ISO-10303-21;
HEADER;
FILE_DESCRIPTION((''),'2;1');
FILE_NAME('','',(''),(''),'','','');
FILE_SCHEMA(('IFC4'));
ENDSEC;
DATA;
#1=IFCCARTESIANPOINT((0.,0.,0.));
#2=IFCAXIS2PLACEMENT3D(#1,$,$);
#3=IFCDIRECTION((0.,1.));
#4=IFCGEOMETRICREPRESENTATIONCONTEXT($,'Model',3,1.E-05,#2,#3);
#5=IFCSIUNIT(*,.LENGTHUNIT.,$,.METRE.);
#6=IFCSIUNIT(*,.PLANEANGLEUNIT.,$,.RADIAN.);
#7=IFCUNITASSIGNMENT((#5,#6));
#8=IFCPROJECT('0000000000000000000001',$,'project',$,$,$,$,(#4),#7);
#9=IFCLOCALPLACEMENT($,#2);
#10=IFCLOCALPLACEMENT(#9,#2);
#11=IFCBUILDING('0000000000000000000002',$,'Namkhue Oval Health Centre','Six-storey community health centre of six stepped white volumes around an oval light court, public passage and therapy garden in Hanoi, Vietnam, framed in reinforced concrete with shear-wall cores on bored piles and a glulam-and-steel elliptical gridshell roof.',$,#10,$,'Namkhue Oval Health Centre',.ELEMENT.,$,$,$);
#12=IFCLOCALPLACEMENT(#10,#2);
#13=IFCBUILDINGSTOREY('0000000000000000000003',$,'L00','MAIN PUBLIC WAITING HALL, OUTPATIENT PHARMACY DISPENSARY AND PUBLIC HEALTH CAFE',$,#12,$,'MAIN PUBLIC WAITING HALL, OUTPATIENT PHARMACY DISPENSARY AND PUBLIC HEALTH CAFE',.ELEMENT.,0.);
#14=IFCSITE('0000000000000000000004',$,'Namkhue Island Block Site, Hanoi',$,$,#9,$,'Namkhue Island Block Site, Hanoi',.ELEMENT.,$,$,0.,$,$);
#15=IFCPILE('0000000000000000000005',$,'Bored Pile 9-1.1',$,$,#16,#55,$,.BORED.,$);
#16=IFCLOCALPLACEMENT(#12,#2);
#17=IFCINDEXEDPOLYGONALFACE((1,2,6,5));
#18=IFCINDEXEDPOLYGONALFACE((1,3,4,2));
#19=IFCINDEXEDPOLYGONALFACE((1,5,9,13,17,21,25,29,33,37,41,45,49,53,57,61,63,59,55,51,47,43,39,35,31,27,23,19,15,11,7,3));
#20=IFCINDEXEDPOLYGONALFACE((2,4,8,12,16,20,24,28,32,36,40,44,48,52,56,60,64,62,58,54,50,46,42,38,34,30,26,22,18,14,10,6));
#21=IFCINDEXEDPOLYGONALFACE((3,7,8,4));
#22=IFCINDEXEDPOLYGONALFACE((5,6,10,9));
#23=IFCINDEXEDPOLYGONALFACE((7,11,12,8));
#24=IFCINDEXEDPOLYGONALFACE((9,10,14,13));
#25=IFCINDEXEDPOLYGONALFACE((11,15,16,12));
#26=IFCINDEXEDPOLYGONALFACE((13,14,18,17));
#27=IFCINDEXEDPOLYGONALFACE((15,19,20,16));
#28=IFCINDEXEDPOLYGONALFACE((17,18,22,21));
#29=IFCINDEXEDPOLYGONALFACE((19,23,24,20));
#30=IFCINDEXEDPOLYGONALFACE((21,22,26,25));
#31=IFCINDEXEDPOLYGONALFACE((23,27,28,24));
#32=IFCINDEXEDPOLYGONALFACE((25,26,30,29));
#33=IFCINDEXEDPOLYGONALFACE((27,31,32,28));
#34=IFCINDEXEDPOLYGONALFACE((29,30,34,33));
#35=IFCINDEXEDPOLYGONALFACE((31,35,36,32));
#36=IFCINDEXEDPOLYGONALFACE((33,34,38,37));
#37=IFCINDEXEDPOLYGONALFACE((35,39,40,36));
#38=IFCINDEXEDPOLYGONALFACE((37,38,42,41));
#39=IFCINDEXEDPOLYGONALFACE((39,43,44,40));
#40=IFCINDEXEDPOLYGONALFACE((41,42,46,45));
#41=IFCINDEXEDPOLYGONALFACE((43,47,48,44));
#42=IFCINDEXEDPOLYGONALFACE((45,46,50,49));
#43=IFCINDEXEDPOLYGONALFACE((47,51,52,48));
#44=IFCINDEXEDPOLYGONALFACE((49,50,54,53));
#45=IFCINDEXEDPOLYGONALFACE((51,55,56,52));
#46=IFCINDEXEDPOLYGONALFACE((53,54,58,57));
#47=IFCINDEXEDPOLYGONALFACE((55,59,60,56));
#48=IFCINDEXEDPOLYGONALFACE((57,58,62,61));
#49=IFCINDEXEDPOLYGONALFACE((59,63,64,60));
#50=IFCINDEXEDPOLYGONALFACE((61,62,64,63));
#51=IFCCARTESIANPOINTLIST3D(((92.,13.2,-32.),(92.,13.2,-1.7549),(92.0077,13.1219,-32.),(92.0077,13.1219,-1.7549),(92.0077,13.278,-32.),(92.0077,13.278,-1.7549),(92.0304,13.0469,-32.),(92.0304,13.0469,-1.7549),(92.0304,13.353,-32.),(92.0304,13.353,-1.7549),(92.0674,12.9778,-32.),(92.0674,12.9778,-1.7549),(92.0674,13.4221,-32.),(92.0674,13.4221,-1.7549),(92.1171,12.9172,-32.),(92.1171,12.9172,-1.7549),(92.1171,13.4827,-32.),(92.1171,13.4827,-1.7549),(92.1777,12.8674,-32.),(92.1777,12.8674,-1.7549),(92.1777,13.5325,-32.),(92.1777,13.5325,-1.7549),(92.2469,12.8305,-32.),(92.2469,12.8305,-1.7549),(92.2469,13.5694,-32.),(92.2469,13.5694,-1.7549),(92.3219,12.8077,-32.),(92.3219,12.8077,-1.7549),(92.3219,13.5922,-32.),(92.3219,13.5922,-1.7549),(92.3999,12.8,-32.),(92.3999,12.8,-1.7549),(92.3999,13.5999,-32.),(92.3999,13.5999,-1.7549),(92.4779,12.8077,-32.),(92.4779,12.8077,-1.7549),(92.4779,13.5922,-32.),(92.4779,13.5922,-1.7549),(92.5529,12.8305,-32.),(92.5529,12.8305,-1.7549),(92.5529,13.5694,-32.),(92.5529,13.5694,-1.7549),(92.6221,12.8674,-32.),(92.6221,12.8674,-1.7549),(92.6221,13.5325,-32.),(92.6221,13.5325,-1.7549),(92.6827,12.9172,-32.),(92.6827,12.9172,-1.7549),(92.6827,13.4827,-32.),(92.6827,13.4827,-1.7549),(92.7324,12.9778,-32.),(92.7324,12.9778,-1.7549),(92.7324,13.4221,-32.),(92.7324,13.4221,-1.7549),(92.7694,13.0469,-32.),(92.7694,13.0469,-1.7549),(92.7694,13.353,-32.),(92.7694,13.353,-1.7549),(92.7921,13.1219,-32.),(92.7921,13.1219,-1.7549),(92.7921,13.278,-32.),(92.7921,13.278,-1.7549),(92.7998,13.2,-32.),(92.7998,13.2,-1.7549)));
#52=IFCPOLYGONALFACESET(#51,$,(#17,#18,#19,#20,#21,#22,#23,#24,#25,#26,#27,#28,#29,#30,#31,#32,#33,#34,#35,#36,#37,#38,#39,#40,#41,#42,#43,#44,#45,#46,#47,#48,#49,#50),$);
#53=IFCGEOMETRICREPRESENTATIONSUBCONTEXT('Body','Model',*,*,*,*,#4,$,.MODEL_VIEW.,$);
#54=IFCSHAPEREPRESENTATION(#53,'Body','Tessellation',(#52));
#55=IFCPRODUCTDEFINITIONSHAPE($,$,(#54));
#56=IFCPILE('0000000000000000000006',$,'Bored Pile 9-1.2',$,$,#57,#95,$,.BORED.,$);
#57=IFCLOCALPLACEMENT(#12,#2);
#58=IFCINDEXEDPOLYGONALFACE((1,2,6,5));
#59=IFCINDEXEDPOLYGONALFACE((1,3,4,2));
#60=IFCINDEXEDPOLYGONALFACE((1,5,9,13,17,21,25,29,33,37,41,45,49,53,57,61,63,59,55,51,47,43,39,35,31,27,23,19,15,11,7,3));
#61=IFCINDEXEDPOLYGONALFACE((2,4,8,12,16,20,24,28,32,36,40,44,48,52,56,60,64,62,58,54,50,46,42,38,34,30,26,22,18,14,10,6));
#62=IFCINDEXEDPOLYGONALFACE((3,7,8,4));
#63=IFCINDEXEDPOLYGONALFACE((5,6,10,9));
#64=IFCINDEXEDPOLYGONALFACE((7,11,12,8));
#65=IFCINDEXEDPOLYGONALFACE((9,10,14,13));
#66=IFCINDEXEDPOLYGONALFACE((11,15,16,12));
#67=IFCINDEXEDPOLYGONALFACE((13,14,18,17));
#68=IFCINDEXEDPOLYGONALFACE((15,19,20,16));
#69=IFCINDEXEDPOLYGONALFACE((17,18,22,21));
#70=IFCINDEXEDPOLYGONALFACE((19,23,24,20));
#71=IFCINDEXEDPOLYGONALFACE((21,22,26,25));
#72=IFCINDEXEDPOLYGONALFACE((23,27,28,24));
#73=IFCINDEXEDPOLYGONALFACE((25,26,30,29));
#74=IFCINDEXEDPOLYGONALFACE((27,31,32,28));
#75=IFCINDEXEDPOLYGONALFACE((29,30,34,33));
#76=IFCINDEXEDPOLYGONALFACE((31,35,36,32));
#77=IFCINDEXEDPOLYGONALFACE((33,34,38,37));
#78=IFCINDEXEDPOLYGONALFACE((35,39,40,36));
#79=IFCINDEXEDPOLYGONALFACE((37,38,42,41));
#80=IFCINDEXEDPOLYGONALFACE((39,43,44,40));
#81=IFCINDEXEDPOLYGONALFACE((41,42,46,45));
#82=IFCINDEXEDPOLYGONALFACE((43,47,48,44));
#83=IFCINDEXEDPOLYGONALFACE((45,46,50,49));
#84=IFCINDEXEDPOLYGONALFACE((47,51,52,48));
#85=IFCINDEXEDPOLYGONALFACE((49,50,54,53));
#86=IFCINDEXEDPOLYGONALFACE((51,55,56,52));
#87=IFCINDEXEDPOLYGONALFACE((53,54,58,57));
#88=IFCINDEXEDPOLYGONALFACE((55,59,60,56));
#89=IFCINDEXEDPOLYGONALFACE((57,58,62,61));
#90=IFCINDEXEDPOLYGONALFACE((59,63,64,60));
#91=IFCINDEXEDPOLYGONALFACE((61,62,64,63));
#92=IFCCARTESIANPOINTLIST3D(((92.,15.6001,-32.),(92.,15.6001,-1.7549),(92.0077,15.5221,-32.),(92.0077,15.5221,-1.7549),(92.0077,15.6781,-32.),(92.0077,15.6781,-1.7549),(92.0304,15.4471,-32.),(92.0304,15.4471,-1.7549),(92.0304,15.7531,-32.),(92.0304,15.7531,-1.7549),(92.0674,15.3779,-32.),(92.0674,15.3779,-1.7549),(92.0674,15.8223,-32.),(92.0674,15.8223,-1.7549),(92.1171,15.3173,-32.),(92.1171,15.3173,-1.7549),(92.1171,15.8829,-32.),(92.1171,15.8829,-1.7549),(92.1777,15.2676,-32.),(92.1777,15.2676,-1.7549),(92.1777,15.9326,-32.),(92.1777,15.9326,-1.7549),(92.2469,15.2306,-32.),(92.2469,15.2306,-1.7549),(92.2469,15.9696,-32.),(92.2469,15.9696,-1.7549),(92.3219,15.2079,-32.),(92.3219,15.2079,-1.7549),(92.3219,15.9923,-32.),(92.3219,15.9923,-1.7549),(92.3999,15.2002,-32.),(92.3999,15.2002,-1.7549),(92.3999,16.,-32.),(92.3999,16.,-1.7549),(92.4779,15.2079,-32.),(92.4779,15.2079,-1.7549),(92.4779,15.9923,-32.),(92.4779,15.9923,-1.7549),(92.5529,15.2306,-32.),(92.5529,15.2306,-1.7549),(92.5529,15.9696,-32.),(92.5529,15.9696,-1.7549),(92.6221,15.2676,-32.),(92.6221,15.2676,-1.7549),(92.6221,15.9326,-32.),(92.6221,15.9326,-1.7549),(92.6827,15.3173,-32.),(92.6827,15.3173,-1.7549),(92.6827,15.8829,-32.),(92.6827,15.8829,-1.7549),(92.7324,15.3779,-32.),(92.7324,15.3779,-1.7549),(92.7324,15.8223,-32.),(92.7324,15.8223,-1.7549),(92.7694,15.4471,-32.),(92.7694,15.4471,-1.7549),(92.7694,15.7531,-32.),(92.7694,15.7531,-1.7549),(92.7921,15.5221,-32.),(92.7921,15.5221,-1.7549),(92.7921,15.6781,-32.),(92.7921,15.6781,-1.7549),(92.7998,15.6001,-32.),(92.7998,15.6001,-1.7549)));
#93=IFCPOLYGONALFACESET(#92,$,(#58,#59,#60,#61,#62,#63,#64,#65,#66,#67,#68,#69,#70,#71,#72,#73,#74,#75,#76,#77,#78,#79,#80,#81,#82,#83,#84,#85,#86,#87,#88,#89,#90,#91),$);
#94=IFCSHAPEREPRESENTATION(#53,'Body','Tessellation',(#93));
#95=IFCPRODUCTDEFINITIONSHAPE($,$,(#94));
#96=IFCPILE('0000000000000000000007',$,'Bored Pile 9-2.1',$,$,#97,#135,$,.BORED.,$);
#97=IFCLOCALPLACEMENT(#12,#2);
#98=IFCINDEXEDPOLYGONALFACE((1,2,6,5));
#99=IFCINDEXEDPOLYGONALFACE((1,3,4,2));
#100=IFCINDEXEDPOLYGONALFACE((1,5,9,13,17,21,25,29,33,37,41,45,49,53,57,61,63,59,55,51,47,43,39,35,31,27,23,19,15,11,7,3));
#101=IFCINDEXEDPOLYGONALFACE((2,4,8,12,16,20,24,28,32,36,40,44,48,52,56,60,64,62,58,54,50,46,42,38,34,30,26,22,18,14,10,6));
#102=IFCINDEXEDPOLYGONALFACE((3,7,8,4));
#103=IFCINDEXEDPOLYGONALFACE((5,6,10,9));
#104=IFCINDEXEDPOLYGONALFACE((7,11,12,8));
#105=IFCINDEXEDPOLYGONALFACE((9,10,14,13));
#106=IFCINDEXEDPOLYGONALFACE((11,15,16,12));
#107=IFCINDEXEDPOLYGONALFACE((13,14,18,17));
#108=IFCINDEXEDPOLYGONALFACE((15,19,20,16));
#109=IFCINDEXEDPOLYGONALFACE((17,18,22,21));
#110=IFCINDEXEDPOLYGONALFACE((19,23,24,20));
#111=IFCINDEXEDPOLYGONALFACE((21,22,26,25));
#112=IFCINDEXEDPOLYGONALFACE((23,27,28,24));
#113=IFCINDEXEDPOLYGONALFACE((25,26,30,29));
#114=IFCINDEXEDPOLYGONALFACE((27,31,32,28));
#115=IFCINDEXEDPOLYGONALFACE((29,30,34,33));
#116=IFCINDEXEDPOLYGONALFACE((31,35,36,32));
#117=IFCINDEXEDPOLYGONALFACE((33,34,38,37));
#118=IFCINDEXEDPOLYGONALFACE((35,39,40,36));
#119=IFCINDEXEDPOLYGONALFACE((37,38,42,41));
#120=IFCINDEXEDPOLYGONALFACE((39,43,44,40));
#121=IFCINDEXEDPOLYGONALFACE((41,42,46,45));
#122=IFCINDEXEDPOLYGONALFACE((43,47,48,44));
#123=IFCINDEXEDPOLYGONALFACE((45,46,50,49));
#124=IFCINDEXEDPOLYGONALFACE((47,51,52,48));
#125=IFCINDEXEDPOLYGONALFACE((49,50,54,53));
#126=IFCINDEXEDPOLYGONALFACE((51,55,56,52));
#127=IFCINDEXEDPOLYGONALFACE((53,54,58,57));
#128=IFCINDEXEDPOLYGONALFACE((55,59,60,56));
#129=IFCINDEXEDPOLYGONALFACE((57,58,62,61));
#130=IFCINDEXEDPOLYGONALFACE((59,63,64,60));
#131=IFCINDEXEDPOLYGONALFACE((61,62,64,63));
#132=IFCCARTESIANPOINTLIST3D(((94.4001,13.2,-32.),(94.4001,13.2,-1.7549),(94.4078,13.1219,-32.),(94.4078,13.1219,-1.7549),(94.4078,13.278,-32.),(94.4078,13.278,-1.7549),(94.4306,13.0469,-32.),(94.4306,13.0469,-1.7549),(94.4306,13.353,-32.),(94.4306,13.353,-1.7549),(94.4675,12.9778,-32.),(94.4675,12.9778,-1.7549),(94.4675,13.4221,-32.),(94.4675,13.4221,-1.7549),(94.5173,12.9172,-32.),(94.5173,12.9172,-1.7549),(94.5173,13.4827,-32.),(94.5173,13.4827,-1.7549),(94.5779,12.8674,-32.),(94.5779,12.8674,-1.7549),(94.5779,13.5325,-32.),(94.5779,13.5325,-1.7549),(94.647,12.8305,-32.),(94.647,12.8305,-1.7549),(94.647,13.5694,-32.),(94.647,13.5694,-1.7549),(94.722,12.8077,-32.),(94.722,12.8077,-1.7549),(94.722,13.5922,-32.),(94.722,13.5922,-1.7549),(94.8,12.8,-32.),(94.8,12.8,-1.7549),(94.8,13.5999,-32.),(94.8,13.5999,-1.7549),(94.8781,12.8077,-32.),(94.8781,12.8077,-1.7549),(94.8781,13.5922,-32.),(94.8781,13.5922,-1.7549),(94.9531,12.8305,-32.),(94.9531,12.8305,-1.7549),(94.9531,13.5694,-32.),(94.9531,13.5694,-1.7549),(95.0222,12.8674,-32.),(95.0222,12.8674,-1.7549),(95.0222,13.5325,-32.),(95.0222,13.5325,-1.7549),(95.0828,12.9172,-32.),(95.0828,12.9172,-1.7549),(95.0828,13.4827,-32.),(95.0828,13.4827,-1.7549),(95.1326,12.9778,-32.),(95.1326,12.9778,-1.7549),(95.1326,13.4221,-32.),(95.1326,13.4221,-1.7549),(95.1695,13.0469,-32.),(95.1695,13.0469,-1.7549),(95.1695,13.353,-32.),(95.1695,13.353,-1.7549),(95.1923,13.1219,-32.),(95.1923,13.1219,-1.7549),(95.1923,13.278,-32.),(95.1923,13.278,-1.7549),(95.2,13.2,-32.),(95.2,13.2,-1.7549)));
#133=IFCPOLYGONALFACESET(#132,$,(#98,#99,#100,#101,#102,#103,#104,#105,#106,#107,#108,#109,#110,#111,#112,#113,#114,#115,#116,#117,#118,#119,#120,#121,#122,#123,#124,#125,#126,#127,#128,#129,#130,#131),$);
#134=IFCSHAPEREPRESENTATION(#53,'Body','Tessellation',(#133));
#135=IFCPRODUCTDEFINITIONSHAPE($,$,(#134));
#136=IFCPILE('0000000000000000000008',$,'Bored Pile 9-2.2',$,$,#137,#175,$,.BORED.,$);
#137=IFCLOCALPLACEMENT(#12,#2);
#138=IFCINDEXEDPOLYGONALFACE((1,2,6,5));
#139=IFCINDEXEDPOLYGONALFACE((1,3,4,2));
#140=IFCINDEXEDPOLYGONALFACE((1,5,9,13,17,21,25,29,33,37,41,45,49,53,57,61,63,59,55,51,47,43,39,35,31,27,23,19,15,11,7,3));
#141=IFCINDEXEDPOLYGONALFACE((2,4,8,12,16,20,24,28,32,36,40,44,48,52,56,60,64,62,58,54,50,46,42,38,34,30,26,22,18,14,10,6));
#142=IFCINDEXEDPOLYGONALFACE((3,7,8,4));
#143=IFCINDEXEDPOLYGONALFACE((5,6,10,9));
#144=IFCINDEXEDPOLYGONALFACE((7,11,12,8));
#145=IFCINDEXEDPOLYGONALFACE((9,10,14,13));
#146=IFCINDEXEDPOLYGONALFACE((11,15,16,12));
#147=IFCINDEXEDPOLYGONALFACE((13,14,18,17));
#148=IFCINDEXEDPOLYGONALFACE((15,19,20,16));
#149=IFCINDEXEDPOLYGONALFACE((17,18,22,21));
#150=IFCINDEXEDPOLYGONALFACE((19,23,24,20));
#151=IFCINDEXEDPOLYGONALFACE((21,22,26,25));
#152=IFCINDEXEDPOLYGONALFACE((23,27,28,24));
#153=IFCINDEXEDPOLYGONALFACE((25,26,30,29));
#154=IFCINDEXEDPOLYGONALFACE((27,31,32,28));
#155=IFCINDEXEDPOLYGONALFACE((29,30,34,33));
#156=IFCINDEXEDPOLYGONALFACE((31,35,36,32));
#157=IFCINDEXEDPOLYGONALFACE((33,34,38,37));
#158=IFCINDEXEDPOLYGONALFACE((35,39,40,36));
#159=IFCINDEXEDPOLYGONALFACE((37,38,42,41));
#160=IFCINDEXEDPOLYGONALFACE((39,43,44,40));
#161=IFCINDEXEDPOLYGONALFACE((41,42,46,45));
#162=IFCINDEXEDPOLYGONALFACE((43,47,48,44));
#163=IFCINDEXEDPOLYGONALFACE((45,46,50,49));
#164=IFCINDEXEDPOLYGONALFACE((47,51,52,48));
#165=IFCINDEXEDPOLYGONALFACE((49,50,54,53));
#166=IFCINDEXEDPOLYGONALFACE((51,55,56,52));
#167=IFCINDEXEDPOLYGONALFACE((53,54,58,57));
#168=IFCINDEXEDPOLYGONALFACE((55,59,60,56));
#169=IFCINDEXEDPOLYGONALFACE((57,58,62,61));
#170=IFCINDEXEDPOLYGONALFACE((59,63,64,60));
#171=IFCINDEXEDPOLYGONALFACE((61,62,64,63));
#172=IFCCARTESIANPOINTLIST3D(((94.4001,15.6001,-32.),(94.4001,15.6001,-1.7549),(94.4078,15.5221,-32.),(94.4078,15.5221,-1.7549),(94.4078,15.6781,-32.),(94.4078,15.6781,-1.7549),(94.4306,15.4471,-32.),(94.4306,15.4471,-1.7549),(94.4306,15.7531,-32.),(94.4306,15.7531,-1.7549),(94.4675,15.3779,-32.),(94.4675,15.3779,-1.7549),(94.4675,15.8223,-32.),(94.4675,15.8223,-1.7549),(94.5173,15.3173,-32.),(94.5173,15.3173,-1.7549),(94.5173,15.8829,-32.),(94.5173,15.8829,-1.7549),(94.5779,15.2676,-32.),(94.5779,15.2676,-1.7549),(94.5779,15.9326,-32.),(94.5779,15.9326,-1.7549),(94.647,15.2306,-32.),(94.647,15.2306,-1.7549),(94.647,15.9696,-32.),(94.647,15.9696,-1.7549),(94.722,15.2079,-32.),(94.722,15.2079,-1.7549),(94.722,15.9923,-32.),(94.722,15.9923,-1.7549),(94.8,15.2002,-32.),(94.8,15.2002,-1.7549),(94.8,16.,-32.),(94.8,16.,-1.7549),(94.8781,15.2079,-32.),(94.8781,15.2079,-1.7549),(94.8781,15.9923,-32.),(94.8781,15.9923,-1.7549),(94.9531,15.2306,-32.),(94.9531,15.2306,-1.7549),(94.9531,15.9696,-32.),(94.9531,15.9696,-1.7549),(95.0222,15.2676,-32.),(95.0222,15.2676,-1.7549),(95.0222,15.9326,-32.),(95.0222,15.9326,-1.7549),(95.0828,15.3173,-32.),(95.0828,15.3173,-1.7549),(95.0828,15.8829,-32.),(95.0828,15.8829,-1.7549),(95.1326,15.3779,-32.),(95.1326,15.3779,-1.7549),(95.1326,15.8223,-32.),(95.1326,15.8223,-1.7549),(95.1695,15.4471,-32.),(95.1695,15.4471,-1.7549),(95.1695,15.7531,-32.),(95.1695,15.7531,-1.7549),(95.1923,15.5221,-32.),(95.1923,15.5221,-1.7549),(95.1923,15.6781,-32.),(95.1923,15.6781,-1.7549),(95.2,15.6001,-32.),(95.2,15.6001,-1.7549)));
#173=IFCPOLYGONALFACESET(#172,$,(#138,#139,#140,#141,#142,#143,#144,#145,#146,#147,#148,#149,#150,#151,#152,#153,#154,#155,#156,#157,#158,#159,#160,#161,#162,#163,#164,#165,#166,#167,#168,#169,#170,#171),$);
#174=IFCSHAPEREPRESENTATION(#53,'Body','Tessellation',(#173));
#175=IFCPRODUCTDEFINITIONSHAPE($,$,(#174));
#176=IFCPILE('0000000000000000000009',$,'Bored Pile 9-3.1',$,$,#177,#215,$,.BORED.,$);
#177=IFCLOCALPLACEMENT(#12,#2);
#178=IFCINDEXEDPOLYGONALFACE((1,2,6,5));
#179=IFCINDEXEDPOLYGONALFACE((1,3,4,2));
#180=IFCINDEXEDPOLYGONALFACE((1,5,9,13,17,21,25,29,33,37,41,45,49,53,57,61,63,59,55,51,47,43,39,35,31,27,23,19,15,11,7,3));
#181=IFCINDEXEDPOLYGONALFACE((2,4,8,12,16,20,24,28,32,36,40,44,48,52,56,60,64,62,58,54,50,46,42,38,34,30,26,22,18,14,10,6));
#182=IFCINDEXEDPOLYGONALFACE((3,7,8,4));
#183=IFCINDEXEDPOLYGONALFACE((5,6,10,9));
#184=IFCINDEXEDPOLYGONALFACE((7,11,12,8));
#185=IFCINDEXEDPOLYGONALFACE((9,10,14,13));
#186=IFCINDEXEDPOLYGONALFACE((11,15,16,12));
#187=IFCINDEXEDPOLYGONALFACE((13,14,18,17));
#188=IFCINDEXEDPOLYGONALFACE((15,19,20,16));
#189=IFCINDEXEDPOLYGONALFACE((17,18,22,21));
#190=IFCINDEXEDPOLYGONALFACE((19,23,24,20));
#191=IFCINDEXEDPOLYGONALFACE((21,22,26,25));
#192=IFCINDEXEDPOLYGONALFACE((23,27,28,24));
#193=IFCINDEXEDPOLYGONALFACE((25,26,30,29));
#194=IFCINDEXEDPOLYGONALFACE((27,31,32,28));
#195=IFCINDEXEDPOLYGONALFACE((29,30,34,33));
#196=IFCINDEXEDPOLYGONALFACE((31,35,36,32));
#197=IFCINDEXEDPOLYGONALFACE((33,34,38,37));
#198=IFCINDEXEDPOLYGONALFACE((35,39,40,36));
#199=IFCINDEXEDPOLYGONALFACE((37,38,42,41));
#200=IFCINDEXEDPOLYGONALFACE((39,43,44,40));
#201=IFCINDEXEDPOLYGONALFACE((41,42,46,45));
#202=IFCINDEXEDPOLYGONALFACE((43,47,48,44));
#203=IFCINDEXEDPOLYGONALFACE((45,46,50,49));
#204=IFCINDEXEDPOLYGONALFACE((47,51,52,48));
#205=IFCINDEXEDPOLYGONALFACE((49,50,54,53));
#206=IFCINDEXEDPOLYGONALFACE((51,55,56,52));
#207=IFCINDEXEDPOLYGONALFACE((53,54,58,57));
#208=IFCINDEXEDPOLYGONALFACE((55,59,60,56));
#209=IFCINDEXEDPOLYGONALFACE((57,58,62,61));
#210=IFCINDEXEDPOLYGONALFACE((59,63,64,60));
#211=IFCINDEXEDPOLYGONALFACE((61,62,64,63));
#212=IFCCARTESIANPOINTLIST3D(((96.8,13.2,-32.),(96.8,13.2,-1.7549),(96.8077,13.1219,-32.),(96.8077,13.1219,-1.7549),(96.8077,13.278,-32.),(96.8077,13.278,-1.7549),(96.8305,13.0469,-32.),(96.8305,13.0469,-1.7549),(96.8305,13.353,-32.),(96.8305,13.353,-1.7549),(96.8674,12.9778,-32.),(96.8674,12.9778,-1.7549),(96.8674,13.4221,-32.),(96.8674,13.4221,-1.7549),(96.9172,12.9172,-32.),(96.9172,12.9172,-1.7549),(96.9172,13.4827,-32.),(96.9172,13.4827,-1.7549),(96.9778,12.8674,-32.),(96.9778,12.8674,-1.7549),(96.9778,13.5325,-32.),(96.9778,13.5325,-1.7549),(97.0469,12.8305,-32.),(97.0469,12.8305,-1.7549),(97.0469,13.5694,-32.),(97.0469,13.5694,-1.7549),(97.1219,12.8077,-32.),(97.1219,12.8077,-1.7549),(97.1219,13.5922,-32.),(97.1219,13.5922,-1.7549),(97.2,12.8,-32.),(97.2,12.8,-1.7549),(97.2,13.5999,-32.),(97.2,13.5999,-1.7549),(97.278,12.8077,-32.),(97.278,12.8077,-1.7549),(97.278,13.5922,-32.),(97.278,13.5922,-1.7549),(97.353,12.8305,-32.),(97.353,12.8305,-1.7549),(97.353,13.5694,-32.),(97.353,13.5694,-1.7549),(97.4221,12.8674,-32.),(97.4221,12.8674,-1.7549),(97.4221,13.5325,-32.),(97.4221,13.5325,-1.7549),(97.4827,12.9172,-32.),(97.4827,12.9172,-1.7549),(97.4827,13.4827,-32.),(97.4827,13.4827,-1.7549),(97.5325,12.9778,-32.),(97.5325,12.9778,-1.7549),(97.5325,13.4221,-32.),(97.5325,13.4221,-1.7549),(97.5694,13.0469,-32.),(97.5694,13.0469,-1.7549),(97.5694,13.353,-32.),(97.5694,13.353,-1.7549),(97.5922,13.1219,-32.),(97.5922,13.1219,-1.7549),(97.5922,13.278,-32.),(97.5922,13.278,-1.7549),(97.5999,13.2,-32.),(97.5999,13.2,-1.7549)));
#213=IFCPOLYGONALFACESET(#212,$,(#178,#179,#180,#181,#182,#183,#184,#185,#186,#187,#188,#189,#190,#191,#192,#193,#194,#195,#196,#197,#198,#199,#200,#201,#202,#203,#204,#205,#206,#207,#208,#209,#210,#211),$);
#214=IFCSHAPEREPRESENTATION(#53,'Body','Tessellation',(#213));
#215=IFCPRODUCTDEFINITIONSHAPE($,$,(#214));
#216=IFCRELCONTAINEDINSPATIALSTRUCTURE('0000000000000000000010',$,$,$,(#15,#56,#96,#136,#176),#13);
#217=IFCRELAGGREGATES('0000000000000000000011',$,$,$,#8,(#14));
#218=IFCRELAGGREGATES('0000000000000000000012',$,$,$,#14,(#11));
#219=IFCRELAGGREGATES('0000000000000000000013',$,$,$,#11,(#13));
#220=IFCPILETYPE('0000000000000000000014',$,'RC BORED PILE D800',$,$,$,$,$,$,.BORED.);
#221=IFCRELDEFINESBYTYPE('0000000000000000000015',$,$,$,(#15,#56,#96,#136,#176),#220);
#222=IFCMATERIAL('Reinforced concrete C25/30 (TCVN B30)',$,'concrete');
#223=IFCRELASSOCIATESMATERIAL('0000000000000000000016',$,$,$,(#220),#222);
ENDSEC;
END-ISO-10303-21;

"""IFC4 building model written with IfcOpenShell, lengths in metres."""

from ifc_helpers import new_model, si_unit, direction, frame, origin, origin_2d, place, context, subcontext, project, spatial, circle, extrude, material, material_profile, profile_set, type_object, element, save


model = new_model("IFC4")

# Units and contexts
model_context = context("Model", 3, precision=1e-05, world=origin(), true_north=direction((0.0, 1.0)))
body_context = subcontext(model_context, "Body", "Model", "MODEL_VIEW")
ifc_project = project(units=[si_unit("LENGTHUNIT", "METRE"), si_unit("PLANEANGLEUNIT", "RADIAN")], contexts=[model_context])

# Site, building, storey
site_placement = place(None, origin())
site = spatial("IfcSite", under=ifc_project, at=site_placement, Name="Namkhue Island Block Site, Hanoi", LongName="Namkhue Island Block Site, Hanoi", CompositionType="ELEMENT", RefElevation=0.0)
building_placement = place(site_placement, origin())
building = spatial("IfcBuilding", under=site, at=building_placement, Name="Namkhue Oval Health Centre", Description="Six-storey community health centre of six stepped white volumes around an oval light court, public passage and therapy garden in Hanoi, Vietnam, framed in reinforced concrete with shear-wall cores on bored piles and a glulam-and-steel elliptical gridshell roof.", LongName="Namkhue Oval Health Centre", CompositionType="ELEMENT")
storey_placement = place(building_placement, origin())
storey = spatial("IfcBuildingStorey", under=building, at=storey_placement, Name="L00", Description="MAIN PUBLIC WAITING HALL, OUTPATIENT PHARMACY DISPENSARY AND PUBLIC HEALTH CAFE", LongName="MAIN PUBLIC WAITING HALL, OUTPATIENT PHARMACY DISPENSARY AND PUBLIC HEALTH CAFE", CompositionType="ELEMENT", Elevation=0.0)

# Piles
ifc_material_1 = material(Name="Reinforced concrete C25/30 (TCVN B30)", Category="concrete")
ifc_material_profile_1 = material_profile(ifc_material_1, circle(Radius=0.3999, at=origin_2d()), Name="BORED PILE D800")
ifc_profile_set_1 = profile_set([ifc_material_profile_1], Name="Reinforced concrete C25/30 (TCVN B30)")
pile_type = type_object("IfcPileType", Name="RC BORED PILE D800", PredefinedType="BORED", material=ifc_profile_set_1)
for number, where, z_axis, x_axis, name in (
    (1, (92.3999, 13.2, -1.7549), (0.0, 0.0, -1.0), (1.0, 0.0, 0.0), "Bored Pile 9-1.1"),
    (2, (92.3999, 15.6001, -1.7549), (0.0, 0.0, -1.0), (1.0, 0.0, 0.0), "Bored Pile 9-1.2"),
    (3, (94.8, 13.2, -1.7549), (0.0, 0.0, -1.0), (1.0, 0.0, 0.0), "Bored Pile 9-2.1"),
    (4, (94.8, 15.6001, -1.7549), (0.0, 0.0, -1.0), (1.0, 0.0, 0.0), "Bored Pile 9-2.2"),
    (5, (97.2, 13.2, -1.7549), (0.0, 0.0, -1.0), (1.0, 0.0, 0.0), "Bored Pile 9-3.1"),
):
    element("IfcPile", number, at=place(storey_placement, frame(where, z_axis=z_axis, x_axis=x_axis)), inside=storey, type_object=pile_type, Name=name, PredefinedType="BORED", context=body_context, shape_type="SweptSolid", body=[
        extrude(circle(Radius=0.3999, at=origin_2d()), origin(), (0.0, 0.0, 1.0), 30.2451),
    ])

save(model, "model.ifc")
